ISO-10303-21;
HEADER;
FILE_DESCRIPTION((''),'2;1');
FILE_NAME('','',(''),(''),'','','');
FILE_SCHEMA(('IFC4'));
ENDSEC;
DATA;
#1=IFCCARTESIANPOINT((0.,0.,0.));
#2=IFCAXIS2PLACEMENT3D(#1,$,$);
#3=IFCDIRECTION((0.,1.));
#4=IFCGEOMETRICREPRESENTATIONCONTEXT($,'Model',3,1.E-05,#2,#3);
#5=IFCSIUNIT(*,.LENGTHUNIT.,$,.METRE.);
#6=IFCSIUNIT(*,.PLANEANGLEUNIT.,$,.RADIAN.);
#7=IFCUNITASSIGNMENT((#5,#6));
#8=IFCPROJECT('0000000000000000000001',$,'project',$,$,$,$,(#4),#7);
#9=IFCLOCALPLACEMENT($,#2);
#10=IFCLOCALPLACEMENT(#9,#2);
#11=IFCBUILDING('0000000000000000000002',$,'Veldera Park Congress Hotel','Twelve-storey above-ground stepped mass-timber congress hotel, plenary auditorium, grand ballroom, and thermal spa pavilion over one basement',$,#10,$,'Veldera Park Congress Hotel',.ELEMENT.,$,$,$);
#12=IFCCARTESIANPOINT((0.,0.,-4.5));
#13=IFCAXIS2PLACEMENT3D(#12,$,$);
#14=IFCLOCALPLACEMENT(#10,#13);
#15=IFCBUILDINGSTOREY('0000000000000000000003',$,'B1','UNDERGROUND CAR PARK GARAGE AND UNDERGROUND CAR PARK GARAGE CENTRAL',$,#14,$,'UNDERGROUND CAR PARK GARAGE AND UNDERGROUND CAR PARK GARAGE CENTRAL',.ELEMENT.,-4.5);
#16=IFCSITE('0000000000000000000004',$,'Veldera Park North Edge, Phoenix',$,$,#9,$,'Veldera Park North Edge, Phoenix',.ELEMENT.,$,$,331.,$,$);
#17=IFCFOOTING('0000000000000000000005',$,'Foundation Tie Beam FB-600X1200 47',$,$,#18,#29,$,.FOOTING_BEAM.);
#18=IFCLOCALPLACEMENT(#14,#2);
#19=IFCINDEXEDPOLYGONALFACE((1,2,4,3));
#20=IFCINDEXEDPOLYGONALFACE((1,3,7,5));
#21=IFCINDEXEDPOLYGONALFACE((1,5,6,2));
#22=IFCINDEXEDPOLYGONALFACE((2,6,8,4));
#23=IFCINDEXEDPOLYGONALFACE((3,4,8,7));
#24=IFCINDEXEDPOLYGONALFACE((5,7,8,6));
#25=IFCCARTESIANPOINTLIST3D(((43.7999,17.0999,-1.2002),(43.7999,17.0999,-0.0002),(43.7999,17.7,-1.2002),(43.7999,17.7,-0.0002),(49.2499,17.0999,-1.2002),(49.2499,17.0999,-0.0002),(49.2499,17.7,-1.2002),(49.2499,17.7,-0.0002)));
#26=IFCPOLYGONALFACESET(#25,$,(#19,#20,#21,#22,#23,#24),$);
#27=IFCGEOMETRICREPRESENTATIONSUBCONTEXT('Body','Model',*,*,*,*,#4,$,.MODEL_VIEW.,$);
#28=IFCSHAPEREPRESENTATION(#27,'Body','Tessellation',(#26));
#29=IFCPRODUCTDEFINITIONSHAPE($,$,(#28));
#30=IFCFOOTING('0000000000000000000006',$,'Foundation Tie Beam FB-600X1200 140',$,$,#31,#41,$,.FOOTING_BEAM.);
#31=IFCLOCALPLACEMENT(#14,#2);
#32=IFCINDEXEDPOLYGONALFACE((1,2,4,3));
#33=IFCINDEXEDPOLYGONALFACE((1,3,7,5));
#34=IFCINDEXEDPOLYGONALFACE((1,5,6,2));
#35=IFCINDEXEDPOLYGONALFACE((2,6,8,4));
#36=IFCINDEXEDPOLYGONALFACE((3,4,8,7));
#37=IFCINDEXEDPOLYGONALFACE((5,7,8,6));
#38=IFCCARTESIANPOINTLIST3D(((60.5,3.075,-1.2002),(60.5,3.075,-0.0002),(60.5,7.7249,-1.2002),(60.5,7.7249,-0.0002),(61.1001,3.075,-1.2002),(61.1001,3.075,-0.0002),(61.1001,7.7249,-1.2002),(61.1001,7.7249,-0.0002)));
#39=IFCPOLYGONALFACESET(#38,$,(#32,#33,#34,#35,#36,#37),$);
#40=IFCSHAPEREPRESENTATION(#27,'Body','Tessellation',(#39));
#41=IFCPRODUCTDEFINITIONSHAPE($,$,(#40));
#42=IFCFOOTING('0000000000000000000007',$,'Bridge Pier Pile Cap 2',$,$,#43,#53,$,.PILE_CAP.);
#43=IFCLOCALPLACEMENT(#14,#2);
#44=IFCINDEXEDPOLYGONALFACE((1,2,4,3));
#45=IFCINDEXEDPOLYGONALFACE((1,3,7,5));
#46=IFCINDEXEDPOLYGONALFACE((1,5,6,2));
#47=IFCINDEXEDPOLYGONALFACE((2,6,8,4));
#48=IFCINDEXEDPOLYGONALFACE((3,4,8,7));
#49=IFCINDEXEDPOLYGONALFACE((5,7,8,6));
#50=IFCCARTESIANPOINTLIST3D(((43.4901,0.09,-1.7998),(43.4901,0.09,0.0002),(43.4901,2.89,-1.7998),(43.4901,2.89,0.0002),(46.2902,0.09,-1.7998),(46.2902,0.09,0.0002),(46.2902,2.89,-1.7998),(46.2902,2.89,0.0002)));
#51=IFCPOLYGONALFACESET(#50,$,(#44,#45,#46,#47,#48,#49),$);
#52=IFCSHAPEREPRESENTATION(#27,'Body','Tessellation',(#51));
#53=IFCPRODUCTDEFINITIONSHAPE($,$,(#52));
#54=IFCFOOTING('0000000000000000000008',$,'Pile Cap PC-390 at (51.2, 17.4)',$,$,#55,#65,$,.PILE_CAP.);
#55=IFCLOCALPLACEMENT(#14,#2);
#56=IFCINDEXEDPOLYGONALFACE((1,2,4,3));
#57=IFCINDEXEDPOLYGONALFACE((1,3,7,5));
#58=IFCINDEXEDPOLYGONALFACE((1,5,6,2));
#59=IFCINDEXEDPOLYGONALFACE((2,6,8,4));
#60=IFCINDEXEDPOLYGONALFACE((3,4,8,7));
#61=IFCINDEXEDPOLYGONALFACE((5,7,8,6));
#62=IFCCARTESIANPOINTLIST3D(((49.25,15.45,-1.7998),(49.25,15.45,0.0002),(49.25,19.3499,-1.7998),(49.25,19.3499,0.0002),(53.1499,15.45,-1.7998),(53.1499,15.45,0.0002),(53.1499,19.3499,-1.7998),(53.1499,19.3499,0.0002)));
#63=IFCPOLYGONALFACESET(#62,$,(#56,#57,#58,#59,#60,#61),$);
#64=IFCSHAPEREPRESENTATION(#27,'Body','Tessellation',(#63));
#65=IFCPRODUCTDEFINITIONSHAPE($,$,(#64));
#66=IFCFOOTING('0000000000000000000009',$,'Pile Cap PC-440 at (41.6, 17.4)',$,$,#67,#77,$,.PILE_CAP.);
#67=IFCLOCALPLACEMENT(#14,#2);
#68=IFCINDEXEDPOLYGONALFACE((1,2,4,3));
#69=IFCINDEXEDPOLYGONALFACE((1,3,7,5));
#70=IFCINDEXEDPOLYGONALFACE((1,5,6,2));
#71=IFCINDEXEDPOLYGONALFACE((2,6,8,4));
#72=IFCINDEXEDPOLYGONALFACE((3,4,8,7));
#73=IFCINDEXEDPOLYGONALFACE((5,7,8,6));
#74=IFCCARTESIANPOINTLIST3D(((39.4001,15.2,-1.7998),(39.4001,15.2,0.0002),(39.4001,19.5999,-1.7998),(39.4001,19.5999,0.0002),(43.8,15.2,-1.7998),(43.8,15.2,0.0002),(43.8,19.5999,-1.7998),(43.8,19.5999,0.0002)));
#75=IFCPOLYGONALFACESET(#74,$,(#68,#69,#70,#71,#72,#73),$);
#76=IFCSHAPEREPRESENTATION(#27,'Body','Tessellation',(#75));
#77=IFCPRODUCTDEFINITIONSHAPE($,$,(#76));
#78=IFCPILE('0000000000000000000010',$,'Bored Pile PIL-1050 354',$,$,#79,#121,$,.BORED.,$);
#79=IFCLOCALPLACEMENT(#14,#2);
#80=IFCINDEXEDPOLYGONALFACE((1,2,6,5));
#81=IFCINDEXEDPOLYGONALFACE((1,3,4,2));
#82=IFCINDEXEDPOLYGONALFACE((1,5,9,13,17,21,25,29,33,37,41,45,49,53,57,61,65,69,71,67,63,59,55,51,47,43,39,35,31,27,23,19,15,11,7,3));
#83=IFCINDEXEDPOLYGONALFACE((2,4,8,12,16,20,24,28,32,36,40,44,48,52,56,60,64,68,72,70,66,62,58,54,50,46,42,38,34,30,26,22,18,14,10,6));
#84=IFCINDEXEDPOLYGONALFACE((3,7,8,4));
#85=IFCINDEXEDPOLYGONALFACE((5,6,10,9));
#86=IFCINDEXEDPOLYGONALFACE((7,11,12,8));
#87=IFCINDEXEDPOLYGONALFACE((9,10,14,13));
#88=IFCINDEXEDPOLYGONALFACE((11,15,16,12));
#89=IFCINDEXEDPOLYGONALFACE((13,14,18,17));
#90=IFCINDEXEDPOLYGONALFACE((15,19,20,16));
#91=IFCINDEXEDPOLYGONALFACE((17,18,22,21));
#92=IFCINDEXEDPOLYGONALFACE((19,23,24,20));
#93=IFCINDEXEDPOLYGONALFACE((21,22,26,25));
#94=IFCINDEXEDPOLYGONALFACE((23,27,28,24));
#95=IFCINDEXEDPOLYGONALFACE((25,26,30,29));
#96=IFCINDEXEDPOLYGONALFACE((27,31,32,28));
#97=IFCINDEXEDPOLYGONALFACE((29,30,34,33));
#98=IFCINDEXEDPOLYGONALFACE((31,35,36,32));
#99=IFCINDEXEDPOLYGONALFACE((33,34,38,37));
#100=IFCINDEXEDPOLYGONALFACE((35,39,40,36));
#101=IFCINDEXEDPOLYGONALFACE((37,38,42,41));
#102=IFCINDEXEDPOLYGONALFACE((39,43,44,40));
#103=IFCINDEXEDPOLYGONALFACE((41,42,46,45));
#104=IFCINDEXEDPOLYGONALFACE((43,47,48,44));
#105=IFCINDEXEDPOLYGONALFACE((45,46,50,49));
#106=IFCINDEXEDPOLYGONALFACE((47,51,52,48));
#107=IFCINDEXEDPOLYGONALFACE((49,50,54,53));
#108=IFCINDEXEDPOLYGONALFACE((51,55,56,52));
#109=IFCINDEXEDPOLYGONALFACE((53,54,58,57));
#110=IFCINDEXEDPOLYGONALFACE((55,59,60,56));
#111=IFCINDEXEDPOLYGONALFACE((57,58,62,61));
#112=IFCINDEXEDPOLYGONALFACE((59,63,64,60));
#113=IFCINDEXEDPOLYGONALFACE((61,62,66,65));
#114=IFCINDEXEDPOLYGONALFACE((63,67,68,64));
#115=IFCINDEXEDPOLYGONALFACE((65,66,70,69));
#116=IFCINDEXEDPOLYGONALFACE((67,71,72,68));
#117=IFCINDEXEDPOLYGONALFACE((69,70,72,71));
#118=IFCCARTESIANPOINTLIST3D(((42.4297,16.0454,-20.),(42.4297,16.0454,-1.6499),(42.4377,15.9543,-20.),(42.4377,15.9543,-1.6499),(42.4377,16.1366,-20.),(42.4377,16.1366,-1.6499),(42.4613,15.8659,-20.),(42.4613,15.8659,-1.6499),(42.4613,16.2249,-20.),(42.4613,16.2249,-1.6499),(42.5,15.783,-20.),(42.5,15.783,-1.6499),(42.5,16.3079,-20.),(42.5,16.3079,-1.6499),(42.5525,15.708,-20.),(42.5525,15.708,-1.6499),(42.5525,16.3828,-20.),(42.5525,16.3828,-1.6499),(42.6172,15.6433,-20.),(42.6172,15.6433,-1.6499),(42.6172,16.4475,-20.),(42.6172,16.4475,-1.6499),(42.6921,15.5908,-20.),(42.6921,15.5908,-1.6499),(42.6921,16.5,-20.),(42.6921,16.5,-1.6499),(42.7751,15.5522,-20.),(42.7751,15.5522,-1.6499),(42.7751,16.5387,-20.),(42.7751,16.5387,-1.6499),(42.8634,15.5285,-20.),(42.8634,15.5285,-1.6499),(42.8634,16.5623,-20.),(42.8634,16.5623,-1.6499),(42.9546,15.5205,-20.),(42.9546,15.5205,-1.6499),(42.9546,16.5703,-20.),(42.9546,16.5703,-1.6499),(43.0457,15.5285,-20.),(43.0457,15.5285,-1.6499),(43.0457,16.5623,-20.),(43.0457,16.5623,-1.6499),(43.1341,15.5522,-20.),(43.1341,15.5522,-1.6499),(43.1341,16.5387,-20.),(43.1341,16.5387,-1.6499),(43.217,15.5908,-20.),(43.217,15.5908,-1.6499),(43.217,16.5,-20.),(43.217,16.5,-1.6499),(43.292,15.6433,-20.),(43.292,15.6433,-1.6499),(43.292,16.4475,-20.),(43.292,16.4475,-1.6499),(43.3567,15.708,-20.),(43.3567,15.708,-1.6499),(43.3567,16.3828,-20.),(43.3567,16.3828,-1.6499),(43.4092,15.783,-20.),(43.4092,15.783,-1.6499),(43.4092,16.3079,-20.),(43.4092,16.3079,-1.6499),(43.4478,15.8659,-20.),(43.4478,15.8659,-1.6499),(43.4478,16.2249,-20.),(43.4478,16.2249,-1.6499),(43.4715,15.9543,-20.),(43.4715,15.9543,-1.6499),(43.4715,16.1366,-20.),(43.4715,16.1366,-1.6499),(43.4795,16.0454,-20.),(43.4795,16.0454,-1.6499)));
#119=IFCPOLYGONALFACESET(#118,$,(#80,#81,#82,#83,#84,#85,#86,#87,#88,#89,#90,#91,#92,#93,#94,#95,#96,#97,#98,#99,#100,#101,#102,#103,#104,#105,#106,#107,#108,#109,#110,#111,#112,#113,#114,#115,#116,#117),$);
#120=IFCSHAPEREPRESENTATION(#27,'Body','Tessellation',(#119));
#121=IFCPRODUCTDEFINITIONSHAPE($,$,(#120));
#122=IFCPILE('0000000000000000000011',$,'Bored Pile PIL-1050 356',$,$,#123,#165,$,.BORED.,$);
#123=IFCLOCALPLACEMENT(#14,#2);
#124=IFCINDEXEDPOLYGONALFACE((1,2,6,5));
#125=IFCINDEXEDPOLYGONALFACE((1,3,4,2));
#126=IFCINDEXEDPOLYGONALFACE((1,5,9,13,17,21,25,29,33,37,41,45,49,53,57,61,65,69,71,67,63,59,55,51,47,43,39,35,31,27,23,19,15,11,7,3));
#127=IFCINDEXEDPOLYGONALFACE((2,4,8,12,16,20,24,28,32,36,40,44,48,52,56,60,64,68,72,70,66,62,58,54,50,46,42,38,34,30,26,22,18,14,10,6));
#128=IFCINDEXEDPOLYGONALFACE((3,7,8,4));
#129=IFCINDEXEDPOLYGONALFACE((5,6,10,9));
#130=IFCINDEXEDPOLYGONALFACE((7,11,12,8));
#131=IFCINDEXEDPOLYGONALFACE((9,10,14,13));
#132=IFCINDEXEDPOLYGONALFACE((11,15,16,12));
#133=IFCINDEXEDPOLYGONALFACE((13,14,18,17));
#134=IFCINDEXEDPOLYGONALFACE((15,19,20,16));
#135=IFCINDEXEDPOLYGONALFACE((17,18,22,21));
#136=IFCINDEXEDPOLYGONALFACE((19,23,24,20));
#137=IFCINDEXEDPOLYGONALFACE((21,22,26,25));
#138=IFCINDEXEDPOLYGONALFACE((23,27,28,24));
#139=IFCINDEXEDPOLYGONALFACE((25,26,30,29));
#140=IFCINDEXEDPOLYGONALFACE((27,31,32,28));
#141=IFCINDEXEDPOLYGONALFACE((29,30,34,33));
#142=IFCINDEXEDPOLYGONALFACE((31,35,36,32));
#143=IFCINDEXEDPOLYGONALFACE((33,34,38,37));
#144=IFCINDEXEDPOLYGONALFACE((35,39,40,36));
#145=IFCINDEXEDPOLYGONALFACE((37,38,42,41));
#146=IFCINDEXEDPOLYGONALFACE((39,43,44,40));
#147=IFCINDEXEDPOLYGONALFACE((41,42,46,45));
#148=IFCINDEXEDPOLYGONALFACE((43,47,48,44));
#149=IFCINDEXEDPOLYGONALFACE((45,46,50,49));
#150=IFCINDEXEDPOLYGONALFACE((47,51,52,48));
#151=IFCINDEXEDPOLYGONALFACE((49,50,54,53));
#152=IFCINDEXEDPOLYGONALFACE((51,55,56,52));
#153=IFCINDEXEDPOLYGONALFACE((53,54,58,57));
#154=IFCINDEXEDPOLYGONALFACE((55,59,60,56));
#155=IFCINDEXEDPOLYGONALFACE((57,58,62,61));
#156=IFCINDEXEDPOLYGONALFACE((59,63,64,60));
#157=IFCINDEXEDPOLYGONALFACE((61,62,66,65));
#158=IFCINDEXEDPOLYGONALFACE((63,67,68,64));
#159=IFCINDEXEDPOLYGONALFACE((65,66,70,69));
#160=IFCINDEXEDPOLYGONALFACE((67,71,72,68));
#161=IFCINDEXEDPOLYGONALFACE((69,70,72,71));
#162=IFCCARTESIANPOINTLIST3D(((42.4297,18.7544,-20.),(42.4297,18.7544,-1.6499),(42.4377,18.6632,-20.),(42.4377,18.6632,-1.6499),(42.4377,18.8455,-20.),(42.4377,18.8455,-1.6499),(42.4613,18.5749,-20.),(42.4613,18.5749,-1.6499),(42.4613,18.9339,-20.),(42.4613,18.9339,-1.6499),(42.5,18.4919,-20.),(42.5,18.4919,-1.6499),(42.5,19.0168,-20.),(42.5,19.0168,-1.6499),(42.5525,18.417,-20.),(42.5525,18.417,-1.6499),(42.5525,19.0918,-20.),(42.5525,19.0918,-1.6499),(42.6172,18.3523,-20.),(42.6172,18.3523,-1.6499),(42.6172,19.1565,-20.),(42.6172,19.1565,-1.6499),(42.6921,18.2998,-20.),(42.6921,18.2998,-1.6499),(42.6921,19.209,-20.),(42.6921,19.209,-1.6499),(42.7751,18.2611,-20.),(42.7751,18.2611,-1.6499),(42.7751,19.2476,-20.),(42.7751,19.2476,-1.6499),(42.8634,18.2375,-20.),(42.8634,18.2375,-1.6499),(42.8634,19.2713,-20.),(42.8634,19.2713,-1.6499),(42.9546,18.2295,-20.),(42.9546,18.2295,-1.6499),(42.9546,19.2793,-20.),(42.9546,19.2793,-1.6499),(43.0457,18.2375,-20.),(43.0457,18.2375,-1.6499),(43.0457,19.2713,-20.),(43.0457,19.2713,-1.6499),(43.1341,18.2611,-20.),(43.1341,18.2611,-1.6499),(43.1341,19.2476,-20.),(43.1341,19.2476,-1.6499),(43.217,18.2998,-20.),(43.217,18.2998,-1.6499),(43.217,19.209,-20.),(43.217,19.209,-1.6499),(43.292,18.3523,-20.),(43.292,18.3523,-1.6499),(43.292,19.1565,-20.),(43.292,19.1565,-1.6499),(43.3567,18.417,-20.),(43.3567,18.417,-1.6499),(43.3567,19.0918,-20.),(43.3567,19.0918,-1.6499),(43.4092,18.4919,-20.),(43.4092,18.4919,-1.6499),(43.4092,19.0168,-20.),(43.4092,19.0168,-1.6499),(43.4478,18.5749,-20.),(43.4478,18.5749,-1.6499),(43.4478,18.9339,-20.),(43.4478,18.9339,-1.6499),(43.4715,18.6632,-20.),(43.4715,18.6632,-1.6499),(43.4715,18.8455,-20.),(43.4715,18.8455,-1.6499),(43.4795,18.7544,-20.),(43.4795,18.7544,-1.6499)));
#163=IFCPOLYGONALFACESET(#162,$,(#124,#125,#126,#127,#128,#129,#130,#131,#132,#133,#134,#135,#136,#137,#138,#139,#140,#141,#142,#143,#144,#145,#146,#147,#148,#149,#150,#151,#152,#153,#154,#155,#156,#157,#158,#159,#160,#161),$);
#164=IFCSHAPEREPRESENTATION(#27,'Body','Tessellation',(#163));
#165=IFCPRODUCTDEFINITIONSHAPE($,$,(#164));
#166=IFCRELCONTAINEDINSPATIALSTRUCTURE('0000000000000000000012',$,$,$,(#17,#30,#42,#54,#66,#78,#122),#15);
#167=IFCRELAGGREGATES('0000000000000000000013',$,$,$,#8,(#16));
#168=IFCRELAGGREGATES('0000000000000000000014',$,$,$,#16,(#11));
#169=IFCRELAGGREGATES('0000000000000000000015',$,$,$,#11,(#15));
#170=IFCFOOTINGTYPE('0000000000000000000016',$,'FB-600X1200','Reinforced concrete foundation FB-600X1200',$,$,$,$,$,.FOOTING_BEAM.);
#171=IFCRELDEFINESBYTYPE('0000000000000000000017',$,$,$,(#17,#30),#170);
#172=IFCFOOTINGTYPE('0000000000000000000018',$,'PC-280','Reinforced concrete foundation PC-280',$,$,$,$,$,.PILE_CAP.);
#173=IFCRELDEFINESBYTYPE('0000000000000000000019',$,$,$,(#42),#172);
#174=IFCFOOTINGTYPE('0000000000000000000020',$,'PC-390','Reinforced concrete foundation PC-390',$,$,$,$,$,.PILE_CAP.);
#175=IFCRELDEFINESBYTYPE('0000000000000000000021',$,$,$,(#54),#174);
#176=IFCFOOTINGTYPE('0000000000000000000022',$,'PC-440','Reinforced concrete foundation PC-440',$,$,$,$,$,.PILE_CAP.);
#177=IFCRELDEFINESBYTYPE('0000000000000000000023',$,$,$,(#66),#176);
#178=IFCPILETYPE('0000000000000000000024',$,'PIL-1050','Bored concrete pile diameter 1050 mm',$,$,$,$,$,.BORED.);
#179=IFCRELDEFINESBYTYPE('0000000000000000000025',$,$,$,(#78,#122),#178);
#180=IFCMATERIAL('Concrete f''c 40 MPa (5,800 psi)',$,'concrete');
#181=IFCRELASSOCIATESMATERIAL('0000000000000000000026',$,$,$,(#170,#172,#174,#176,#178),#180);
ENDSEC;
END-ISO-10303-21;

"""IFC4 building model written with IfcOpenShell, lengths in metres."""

from ifc_helpers import new_model, si_unit, direction, frame, origin, origin_2d, place, context, subcontext, project, spatial, rectangle, circle, extrude, material, material_profile, profile_set, type_object, element, save


model = new_model("IFC4")

# Units and contexts
model_context = context("Model", 3, precision=1e-05, world=origin(), true_north=direction((0.0, 1.0)))
body_context = subcontext(model_context, "Body", "Model", "MODEL_VIEW")
ifc_project = project(units=[si_unit("LENGTHUNIT", "METRE"), si_unit("PLANEANGLEUNIT", "RADIAN")], contexts=[model_context])

# Site, building, storey
site_placement = place(None, origin())
site = spatial("IfcSite", under=ifc_project, at=site_placement, Name="Veldera Park North Edge, Phoenix", LongName="Veldera Park North Edge, Phoenix", CompositionType="ELEMENT", RefElevation=331.0)
building_placement = place(site_placement, origin())
building = spatial("IfcBuilding", under=site, at=building_placement, Name="Veldera Park Congress Hotel", Description="Twelve-storey above-ground stepped mass-timber congress hotel, plenary auditorium, grand ballroom, and thermal spa pavilion over one basement", LongName="Veldera Park Congress Hotel", CompositionType="ELEMENT")
storey_placement = place(building_placement, frame((0.0, 0.0, -4.5)))
storey = spatial("IfcBuildingStorey", under=building, at=storey_placement, Name="B1", Description="UNDERGROUND CAR PARK GARAGE AND UNDERGROUND CAR PARK GARAGE CENTRAL", LongName="UNDERGROUND CAR PARK GARAGE AND UNDERGROUND CAR PARK GARAGE CENTRAL", CompositionType="ELEMENT", Elevation=-4.5)

# Footings
ifc_material_1 = material(Name="Concrete f'c 40 MPa (5,800 psi)", Category="concrete")
footing_type_1 = type_object("IfcFootingType", Name="FB-600X1200", Description="Reinforced concrete foundation FB-600X1200", PredefinedType="FOOTING_BEAM", material=ifc_material_1)
footing_1_placement = place(storey_placement, frame((46.5249, 17.3999, -1.2002), z_axis=(0.0, 0.0, 1.0), x_axis=(1.0, 0.0, 0.0)))
element("IfcFooting", 1, at=footing_1_placement, inside=storey, type_object=footing_type_1, Name="Foundation Tie Beam FB-600X1200 47", PredefinedType="FOOTING_BEAM", context=body_context, shape_type="SweptSolid", body=[
    extrude(rectangle(XDim=5.45, YDim=0.6001, at=origin_2d()), origin(), (0.0, 0.0, 1.0), 1.2),
])
footing_2_placement = place(storey_placement, frame((60.8, 5.3999, -1.2002), z_axis=(0.0, 0.0, 1.0), x_axis=(0.0, 1.0, 0.0)))
element("IfcFooting", 2, at=footing_2_placement, inside=storey, type_object=footing_type_1, Name="Foundation Tie Beam FB-600X1200 140", PredefinedType="FOOTING_BEAM", context=body_context, shape_type="SweptSolid", body=[
    extrude(rectangle(XDim=4.6499, YDim=0.6001, at=origin_2d()), origin(), (0.0, 0.0, 1.0), 1.2),
])
footing_type_2 = type_object("IfcFootingType", Name="PC-280", Description="Reinforced concrete foundation PC-280", PredefinedType="PILE_CAP", material=ifc_material_1)
footing_3_placement = place(storey_placement, frame((44.8901, 1.49, -1.7998), z_axis=(0.0, 0.0, 1.0), x_axis=(1.0, 0.0, 0.0)))
element("IfcFooting", 3, at=footing_3_placement, inside=storey, type_object=footing_type_2, Name="Bridge Pier Pile Cap 2", PredefinedType="PILE_CAP", context=body_context, shape_type="SweptSolid", body=[
    extrude(rectangle(XDim=2.8, YDim=2.8, at=origin_2d()), origin(), (0.0, 0.0, 1.0), 1.8),
])
footing_type_3 = type_object("IfcFootingType", Name="PC-390", Description="Reinforced concrete foundation PC-390", PredefinedType="PILE_CAP", material=ifc_material_1)
footing_4_placement = place(storey_placement, frame((51.2, 17.3999, -1.7998), z_axis=(0.0, 0.0, 1.0), x_axis=(1.0, 0.0, 0.0)))
element("IfcFooting", 4, at=footing_4_placement, inside=storey, type_object=footing_type_3, Name="Pile Cap PC-390 at (51.2, 17.4)", PredefinedType="PILE_CAP", context=body_context, shape_type="SweptSolid", body=[
    extrude(rectangle(XDim=3.8999, YDim=3.8999, at=origin_2d()), origin(), (0.0, 0.0, 1.0), 1.8),
])
footing_type_4 = type_object("IfcFootingType", Name="PC-440", Description="Reinforced concrete foundation PC-440", PredefinedType="PILE_CAP", material=ifc_material_1)
footing_5_placement = place(storey_placement, frame((41.6001, 17.3999, -1.7998), z_axis=(0.0, 0.0, 1.0), x_axis=(1.0, 0.0, 0.0)))
element("IfcFooting", 5, at=footing_5_placement, inside=storey, type_object=footing_type_4, Name="Pile Cap PC-440 at (41.6, 17.4)", PredefinedType="PILE_CAP", context=body_context, shape_type="SweptSolid", body=[
    extrude(rectangle(XDim=4.3999, YDim=4.3999, at=origin_2d()), origin(), (0.0, 0.0, 1.0), 1.8),
])

# Piles
ifc_material_profile_1 = material_profile(ifc_material_1, circle(Radius=0.5249, at=origin_2d()), Name="PILE D1050")
ifc_profile_set_1 = profile_set([ifc_material_profile_1], Name="Concrete f'c 40 MPa (5,800 psi)")
pile_type_1 = type_object("IfcPileType", Name="PIL-1050", Description="Bored concrete pile diameter 1050 mm", PredefinedType="BORED", material=ifc_profile_set_1)
for number, where, z_axis, x_axis, name in (
    (6, (42.9546, 16.0454, -1.6499), (0.0, 0.0, -1.0), (1.0, 0.0, 0.0), "Bored Pile PIL-1050 354"),
    (7, (42.9546, 18.7544, -1.6499), (0.0, 0.0, -1.0), (1.0, 0.0, 0.0), "Bored Pile PIL-1050 356"),
):
    element("IfcPile", number, at=place(storey_placement, frame(where, z_axis=z_axis, x_axis=x_axis)), inside=storey, type_object=pile_type_1, Name=name, PredefinedType="BORED", context=body_context, shape_type="SweptSolid", body=[
        extrude(circle(Radius=0.5249, at=origin_2d()), origin(), (0.0, 0.0, 1.0), 18.3501),
    ])

save(model, "model.ifc")
